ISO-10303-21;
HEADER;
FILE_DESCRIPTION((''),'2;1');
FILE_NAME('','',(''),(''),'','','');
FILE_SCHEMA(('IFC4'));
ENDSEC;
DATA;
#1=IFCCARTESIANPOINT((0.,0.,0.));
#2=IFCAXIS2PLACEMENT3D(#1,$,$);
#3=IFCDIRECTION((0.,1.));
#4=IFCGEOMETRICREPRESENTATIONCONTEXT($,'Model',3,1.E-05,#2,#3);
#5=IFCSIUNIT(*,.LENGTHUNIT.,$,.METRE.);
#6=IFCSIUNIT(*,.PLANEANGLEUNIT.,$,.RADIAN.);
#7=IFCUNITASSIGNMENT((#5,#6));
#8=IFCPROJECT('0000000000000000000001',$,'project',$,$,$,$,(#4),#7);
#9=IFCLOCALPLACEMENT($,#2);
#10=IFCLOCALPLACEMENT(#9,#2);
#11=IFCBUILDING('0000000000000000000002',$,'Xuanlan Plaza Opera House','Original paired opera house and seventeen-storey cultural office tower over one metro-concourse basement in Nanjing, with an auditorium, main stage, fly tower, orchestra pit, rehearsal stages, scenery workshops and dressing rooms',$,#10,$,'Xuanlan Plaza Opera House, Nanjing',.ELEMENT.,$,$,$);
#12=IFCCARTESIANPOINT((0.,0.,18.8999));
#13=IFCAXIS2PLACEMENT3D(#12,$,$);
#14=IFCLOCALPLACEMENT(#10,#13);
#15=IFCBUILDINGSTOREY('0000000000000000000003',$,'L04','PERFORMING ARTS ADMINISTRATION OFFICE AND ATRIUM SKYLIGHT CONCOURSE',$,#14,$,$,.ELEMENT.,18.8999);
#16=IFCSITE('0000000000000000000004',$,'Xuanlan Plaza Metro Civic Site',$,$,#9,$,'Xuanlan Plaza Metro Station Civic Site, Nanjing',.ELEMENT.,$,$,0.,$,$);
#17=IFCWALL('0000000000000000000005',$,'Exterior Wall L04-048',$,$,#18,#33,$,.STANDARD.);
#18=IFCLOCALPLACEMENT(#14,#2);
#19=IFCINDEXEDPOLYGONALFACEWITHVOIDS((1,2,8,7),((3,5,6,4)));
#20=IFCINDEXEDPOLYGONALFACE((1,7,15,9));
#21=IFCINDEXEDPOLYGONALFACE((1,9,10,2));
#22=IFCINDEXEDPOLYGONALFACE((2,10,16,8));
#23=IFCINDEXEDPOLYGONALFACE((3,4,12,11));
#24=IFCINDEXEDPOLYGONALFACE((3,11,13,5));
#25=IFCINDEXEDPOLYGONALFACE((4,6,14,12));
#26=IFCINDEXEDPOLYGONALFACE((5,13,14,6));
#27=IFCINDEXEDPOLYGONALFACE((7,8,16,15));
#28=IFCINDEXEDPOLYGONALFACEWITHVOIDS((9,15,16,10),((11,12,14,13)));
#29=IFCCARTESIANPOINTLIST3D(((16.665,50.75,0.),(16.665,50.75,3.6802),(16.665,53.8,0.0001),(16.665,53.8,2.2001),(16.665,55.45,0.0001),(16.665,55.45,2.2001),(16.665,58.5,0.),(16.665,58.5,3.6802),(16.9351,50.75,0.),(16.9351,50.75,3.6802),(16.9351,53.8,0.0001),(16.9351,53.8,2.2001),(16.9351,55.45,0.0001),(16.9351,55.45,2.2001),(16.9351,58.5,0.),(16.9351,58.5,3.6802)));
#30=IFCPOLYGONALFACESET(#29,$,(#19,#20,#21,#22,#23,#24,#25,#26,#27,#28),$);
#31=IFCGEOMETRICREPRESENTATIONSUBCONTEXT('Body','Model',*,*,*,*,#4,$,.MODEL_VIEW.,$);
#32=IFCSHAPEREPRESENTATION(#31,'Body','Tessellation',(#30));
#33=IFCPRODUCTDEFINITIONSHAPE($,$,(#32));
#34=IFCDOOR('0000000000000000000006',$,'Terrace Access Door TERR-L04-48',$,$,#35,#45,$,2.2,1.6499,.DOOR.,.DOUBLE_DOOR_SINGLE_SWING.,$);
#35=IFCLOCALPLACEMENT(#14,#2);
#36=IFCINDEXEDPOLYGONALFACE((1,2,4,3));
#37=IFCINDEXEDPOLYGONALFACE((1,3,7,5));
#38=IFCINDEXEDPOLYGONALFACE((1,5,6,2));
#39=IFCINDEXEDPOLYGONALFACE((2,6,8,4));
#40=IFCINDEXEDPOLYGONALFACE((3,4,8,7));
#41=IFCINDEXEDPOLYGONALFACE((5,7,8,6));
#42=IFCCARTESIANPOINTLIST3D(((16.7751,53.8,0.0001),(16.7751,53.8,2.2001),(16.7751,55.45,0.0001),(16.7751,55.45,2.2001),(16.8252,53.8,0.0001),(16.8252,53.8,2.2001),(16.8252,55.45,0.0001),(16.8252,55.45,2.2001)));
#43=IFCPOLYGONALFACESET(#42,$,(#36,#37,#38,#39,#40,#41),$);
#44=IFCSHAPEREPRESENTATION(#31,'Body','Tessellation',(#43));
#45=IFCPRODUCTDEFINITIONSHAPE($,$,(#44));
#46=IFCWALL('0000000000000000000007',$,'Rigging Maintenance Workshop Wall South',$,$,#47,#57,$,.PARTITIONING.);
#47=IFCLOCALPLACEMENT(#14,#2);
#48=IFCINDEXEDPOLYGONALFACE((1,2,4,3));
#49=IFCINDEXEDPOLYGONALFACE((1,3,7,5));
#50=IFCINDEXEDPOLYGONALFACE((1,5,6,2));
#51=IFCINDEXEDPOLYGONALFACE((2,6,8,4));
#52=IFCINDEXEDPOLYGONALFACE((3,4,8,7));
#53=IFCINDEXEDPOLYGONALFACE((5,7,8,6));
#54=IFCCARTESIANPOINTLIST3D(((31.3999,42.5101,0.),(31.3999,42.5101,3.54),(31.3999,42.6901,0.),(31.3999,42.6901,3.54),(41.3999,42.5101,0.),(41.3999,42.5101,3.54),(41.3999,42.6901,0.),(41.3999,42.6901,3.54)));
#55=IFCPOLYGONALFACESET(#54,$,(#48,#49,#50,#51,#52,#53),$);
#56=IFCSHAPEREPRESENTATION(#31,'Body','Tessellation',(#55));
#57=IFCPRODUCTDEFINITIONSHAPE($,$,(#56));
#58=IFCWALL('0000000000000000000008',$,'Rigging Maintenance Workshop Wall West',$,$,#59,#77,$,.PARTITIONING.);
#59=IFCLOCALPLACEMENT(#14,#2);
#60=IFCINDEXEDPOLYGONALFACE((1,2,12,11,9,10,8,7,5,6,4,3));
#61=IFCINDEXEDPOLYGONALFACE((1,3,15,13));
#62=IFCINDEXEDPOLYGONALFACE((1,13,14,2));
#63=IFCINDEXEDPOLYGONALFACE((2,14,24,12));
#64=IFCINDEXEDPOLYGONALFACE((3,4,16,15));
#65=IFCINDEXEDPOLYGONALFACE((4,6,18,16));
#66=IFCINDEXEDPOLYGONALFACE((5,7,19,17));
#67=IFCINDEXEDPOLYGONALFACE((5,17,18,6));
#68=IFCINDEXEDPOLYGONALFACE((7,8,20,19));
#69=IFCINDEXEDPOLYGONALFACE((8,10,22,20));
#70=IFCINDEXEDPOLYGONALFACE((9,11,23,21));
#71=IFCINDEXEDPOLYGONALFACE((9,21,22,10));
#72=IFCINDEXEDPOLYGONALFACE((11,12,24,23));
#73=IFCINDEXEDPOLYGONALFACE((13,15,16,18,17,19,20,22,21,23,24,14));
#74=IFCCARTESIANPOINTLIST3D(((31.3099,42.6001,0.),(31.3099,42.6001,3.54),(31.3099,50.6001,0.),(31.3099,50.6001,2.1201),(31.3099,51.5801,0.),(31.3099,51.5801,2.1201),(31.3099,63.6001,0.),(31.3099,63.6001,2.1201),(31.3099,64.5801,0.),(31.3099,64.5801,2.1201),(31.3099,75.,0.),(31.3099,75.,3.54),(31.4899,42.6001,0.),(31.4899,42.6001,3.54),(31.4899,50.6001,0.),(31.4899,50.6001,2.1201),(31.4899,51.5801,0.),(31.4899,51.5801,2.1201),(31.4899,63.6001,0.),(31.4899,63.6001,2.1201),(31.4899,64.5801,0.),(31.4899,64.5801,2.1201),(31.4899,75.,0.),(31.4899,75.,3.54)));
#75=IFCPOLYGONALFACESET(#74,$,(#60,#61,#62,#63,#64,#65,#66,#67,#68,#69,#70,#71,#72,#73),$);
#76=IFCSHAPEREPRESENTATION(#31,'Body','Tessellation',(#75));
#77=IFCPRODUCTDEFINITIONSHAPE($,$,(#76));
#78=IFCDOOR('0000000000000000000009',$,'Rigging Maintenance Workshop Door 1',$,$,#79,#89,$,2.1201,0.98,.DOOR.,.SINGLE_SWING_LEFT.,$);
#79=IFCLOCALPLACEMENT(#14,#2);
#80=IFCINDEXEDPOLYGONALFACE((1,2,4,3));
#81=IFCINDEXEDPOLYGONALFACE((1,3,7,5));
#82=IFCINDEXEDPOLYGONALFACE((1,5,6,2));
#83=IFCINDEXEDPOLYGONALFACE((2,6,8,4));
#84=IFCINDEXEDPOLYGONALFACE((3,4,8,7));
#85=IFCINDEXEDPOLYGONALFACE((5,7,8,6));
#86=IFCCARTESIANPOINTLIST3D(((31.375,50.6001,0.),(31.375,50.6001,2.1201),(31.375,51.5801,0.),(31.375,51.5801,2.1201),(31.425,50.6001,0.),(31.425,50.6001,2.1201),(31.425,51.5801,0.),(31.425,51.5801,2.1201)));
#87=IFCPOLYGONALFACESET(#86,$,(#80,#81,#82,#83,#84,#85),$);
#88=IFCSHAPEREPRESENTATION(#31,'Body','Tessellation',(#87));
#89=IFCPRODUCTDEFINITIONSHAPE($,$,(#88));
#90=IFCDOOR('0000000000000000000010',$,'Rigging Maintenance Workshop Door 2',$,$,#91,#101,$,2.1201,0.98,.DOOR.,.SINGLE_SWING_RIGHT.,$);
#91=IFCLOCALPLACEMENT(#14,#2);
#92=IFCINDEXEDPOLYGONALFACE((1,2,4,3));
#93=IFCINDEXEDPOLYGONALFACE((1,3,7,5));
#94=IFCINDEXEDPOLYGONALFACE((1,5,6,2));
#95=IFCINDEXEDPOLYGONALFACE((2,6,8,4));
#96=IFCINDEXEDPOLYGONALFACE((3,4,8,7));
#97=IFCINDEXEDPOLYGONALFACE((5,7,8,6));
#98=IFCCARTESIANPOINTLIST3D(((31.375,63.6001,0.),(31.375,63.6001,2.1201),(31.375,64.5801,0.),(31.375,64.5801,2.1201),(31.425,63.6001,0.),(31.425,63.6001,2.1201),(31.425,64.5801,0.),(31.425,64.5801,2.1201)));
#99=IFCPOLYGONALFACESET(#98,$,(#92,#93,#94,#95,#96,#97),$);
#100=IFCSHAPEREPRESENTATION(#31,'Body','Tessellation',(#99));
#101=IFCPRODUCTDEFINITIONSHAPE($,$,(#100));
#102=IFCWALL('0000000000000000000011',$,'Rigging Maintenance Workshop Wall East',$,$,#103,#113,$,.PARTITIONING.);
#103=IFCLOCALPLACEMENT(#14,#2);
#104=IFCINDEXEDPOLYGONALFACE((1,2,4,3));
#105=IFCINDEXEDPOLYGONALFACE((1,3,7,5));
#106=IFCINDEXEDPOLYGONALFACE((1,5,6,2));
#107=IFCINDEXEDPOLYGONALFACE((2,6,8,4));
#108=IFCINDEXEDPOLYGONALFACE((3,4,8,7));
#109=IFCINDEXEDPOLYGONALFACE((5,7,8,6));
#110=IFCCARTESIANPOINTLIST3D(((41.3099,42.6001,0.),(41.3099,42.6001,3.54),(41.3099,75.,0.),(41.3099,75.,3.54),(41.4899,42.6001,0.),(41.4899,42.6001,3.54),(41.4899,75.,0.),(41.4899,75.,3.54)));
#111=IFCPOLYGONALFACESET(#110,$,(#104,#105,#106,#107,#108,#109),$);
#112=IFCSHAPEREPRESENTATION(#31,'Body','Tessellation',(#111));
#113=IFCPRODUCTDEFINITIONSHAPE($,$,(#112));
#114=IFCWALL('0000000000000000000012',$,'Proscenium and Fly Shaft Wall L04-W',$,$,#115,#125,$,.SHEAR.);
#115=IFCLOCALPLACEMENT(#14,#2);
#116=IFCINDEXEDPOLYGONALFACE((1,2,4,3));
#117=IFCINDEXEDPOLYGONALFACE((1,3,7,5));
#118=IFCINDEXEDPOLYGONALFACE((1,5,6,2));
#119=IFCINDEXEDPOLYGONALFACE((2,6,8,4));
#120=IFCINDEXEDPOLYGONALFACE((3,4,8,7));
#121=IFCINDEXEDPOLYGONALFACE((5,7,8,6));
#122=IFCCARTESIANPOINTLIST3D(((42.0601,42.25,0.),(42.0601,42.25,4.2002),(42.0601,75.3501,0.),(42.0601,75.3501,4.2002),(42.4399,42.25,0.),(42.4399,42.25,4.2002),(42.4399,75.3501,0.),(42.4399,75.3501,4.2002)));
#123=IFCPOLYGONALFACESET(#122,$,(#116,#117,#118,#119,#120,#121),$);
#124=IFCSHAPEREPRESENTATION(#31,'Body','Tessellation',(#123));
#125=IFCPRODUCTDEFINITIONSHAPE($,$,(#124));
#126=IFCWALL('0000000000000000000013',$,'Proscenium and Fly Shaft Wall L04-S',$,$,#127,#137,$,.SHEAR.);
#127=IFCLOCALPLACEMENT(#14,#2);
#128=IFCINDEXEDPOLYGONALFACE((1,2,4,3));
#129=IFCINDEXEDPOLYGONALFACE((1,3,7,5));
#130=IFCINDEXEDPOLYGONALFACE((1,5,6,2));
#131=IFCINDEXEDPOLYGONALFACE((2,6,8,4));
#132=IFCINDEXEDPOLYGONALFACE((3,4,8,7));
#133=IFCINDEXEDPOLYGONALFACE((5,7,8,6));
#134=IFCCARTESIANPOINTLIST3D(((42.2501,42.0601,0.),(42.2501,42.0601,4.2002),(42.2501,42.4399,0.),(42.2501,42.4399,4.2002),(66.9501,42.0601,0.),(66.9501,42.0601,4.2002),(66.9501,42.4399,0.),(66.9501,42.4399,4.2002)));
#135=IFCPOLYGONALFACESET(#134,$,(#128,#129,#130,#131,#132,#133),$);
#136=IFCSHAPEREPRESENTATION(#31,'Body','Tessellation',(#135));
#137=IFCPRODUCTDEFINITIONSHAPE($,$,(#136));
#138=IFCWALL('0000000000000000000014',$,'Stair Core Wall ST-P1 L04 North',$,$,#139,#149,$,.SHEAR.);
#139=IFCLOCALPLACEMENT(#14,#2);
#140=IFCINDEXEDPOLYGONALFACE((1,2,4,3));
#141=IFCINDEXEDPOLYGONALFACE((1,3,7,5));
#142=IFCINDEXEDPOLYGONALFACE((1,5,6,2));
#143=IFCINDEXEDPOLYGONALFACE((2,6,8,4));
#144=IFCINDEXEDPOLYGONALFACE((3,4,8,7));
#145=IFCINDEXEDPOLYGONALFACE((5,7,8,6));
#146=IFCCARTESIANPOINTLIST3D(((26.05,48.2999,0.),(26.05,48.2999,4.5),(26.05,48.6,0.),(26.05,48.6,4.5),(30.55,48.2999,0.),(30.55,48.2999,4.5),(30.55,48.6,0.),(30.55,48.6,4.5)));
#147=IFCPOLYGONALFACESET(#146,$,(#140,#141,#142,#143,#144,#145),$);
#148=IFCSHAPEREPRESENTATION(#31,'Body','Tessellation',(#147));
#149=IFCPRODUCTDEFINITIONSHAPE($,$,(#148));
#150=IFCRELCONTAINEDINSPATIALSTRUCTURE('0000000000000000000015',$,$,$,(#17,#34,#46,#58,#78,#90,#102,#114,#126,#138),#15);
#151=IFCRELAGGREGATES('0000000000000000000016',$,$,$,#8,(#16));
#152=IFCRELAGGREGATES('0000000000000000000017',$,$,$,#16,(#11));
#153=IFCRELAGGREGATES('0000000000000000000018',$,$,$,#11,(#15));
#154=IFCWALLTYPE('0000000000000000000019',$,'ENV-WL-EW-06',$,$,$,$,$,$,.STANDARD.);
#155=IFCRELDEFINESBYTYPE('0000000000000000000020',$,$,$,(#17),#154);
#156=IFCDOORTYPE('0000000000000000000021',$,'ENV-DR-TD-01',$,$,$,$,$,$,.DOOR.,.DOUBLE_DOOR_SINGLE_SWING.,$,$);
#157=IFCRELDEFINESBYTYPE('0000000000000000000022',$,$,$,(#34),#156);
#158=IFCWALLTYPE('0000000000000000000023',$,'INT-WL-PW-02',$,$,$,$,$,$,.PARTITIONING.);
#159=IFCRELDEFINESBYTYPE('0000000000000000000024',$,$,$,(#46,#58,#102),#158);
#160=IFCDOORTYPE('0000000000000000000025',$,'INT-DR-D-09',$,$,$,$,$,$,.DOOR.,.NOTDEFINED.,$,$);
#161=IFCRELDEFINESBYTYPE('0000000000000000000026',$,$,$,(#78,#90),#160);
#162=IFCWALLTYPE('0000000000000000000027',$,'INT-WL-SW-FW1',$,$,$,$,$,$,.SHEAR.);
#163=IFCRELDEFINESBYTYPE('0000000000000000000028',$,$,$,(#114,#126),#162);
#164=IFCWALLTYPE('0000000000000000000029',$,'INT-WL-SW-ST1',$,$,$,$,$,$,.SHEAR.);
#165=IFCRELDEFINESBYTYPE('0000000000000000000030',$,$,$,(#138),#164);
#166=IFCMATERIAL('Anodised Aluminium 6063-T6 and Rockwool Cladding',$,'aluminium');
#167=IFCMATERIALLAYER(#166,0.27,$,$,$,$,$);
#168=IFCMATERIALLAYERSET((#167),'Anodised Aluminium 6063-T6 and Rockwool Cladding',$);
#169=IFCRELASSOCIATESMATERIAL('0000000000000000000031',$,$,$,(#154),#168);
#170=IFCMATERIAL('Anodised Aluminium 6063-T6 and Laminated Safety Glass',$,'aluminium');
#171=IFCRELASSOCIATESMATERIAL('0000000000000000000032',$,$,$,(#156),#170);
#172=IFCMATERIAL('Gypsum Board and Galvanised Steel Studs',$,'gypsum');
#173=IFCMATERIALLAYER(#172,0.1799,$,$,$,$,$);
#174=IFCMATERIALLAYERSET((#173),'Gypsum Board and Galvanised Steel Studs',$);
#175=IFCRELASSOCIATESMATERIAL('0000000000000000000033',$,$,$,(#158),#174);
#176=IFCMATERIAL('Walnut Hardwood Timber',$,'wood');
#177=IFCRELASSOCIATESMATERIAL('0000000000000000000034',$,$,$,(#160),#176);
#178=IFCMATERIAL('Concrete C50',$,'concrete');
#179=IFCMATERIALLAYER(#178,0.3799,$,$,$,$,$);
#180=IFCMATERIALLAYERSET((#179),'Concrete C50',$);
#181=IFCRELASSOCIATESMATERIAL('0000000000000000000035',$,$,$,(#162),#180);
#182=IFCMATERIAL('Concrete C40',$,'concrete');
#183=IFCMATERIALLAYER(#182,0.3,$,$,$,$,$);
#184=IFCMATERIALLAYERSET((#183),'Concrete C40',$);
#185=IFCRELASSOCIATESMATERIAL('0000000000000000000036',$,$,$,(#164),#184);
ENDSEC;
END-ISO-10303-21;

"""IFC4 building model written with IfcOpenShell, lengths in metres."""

from ifc_helpers import new_model, si_unit, direction, frame, frame_2d, origin, place, context, subcontext, project, spatial, rectangle, extrude, material, layer, layer_set, type_object, element, fill, save


model = new_model("IFC4")

# Units and contexts
model_context = context("Model", 3, precision=1e-05, world=origin(), true_north=direction((0.0, 1.0)))
body_context = subcontext(model_context, "Body", "Model", "MODEL_VIEW")
ifc_project = project(units=[si_unit("LENGTHUNIT", "METRE"), si_unit("PLANEANGLEUNIT", "RADIAN")], contexts=[model_context])

# Site, building, storey
site_placement = place(None, origin())
site = spatial("IfcSite", under=ifc_project, at=site_placement, Name="Xuanlan Plaza Metro Civic Site", LongName="Xuanlan Plaza Metro Station Civic Site, Nanjing", CompositionType="ELEMENT", RefElevation=0.0)
building_placement = place(site_placement, origin())
building = spatial("IfcBuilding", under=site, at=building_placement, Name="Xuanlan Plaza Opera House", Description="Original paired opera house and seventeen-storey cultural office tower over one metro-concourse basement in Nanjing, with an auditorium, main stage, fly tower, orchestra pit, rehearsal stages, scenery workshops and dressing rooms", LongName="Xuanlan Plaza Opera House, Nanjing", CompositionType="ELEMENT")
storey_placement = place(building_placement, frame((0.0, 0.0, 18.8999)))
storey = spatial("IfcBuildingStorey", under=building, at=storey_placement, Name="L04", Description="PERFORMING ARTS ADMINISTRATION OFFICE AND ATRIUM SKYLIGHT CONCOURSE", CompositionType="ELEMENT", Elevation=18.8999)

# Shared definitions
ifc_material_1 = material(Name="Concrete C40", Category="concrete")

# Shared definitions
ifc_material_2 = material(Name="Concrete C50", Category="concrete")

# Wall, opening, door
ifc_material_3 = material(Name="Anodised Aluminium 6063-T6 and Rockwool Cladding", Category="aluminium")
ifc_material_4 = material(Name="Anodised Aluminium 6063-T6 and Laminated Safety Glass", Category="aluminium")
ifc_layer_1 = layer(ifc_material_3, 0.27)
ifc_layer_set_1 = layer_set([ifc_layer_1], Name="Anodised Aluminium 6063-T6 and Rockwool Cladding")
wall_type_1 = type_object("IfcWallType", Name="ENV-WL-EW-06", PredefinedType="STANDARD", material=ifc_layer_set_1)
wall_1_placement = place(storey_placement, frame((16.8, 58.5, 0.0), z_axis=(0.0, 0.0, 1.0), x_axis=(0.0, -1.0, 0.0)))
wall_1 = element("IfcWall", 1, at=wall_1_placement, inside=storey, type_object=wall_type_1, Name="Exterior Wall L04-048", PredefinedType="STANDARD", context=body_context, shape_type="SweptSolid", body=[
    extrude(rectangle(XDim=7.75, YDim=0.27, at=frame_2d((3.875, 0.0))), origin(), (0.0, 0.0, 1.0), 3.6802),
])
opening_1_placement = place(wall_1_placement, frame((3.05, 0.0, 0.0)))
opening_1 = element("IfcOpeningElement", 2, at=opening_1_placement, cuts=wall_1, PredefinedType="OPENING", context=body_context, shape_type="SweptSolid", body=[
    extrude(rectangle(XDim=1.6499, YDim=2.2, at=frame_2d((0.825, 1.1001))), frame((0.0, 0.145, 0.0), z_axis=(0.0, -1.0, 0.0), x_axis=(1.0, 0.0, 0.0)), (0.0, 0.0, 1.0), 0.29),
])
door_type_1 = type_object("IfcDoorType", Name="ENV-DR-TD-01", OperationType="DOUBLE_DOOR_SINGLE_SWING", PredefinedType="DOOR", material=ifc_material_4)
door_1_placement = place(opening_1_placement, frame((1.6499, 0.0, 0.0), z_axis=(0.0, 0.0, 1.0), x_axis=(-1.0, 0.0, 0.0)))
door_1 = element("IfcDoor", 3, at=door_1_placement, inside=storey, type_object=door_type_1, Name="Terrace Access Door TERR-L04-48", OperationType="DOUBLE_DOOR_SINGLE_SWING", OverallHeight=2.2, OverallWidth=1.6499, PredefinedType="DOOR", context=body_context, shape_type="SweptSolid", body=[
    extrude(rectangle(XDim=1.6499, YDim=2.2, at=frame_2d((0.825, 1.1001))), frame((0.0, 0.0249, 0.0), z_axis=(0.0, -1.0, 0.0), x_axis=(1.0, 0.0, 0.0)), (0.0, 0.0, 1.0), 0.05),
])
fill(opening_1, door_1)

# Wall
ifc_material_5 = material(Name="Gypsum Board and Galvanised Steel Studs", Category="gypsum")
ifc_layer_2 = layer(ifc_material_5, 0.1799)
ifc_layer_set_2 = layer_set([ifc_layer_2], Name="Gypsum Board and Galvanised Steel Studs")
wall_type_2 = type_object("IfcWallType", Name="INT-WL-PW-02", PredefinedType="PARTITIONING", material=ifc_layer_set_2)
wall_2_placement = place(storey_placement, frame((31.3999, 42.6001, 0.0), z_axis=(0.0, 0.0, 1.0), x_axis=(1.0, 0.0, 0.0)))
element("IfcWall", 4, at=wall_2_placement, inside=storey, type_object=wall_type_2, Name="Rigging Maintenance Workshop Wall South", PredefinedType="PARTITIONING", context=body_context, shape_type="SweptSolid", body=[
    extrude(rectangle(XDim=10.0, YDim=0.1799, at=frame_2d((5.0, 0.0))), origin(), (0.0, 0.0, 1.0), 3.54),
])

# Wall, openings, doors
wall_3_placement = place(storey_placement, frame((31.3999, 42.6001, 0.0), z_axis=(0.0, 0.0, 1.0), x_axis=(0.0, 1.0, 0.0)))
wall_3 = element("IfcWall", 5, at=wall_3_placement, inside=storey, type_object=wall_type_2, Name="Rigging Maintenance Workshop Wall West", PredefinedType="PARTITIONING", context=body_context, shape_type="SweptSolid", body=[
    extrude(rectangle(XDim=32.3999, YDim=0.1799, at=frame_2d((16.2, 0.0))), origin(), (0.0, 0.0, 1.0), 3.54),
])
opening_2_placement = place(wall_3_placement, frame((8.0, 0.0, 0.0)))
opening_2 = element("IfcOpeningElement", 6, at=opening_2_placement, cuts=wall_3, PredefinedType="OPENING", context=body_context, shape_type="SweptSolid", body=[
    extrude(rectangle(XDim=0.98, YDim=2.1201, at=frame_2d((0.49, 1.0601))), frame((0.0, 0.0999, 0.0), z_axis=(0.0, -1.0, 0.0), x_axis=(1.0, 0.0, 0.0)), (0.0, 0.0, 1.0), 0.2),
])
opening_3_placement = place(wall_3_placement, frame((21.0, 0.0, 0.0)))
opening_3 = element("IfcOpeningElement", 7, at=opening_3_placement, cuts=wall_3, PredefinedType="OPENING", context=body_context, shape_type="SweptSolid", body=[
    extrude(rectangle(XDim=0.98, YDim=2.1201, at=frame_2d((0.49, 1.0601))), frame((0.0, 0.0999, 0.0), z_axis=(0.0, -1.0, 0.0), x_axis=(1.0, 0.0, 0.0)), (0.0, 0.0, 1.0), 0.2),
])
ifc_material_6 = material(Name="Walnut Hardwood Timber", Category="wood")
door_type_2 = type_object("IfcDoorType", Name="INT-DR-D-09", OperationType="NOTDEFINED", PredefinedType="DOOR", material=ifc_material_6)
door_2_placement = place(opening_2_placement, origin())
door_2 = element("IfcDoor", 8, at=door_2_placement, inside=storey, type_object=door_type_2, Name="Rigging Maintenance Workshop Door 1", OperationType="SINGLE_SWING_LEFT", OverallHeight=2.1201, OverallWidth=0.98, PredefinedType="DOOR", context=body_context, shape_type="SweptSolid", body=[
    extrude(rectangle(XDim=0.98, YDim=2.1201, at=frame_2d((0.49, 1.0601))), frame((0.0, 0.0249, 0.0), z_axis=(0.0, -1.0, 0.0), x_axis=(1.0, 0.0, 0.0)), (0.0, 0.0, 1.0), 0.05),
])
fill(opening_2, door_2)
door_3_placement = place(opening_3_placement, origin())
door_3 = element("IfcDoor", 9, at=door_3_placement, inside=storey, type_object=door_type_2, Name="Rigging Maintenance Workshop Door 2", OperationType="SINGLE_SWING_RIGHT", OverallHeight=2.1201, OverallWidth=0.98, PredefinedType="DOOR", context=body_context, shape_type="SweptSolid", body=[
    extrude(rectangle(XDim=0.98, YDim=2.1201, at=frame_2d((0.49, 1.0601))), frame((0.0, 0.0249, 0.0), z_axis=(0.0, -1.0, 0.0), x_axis=(1.0, 0.0, 0.0)), (0.0, 0.0, 1.0), 0.05),
])
fill(opening_3, door_3)

# Walls
wall_4_placement = place(storey_placement, frame((41.3999, 42.6001, 0.0), z_axis=(0.0, 0.0, 1.0), x_axis=(0.0, 1.0, 0.0)))
element("IfcWall", 10, at=wall_4_placement, inside=storey, type_object=wall_type_2, Name="Rigging Maintenance Workshop Wall East", PredefinedType="PARTITIONING", context=body_context, shape_type="SweptSolid", body=[
    extrude(rectangle(XDim=32.3999, YDim=0.1799, at=frame_2d((16.2, 0.0))), origin(), (0.0, 0.0, 1.0), 3.54),
])
ifc_layer_3 = layer(ifc_material_2, 0.3799)
ifc_layer_set_3 = layer_set([ifc_layer_3], Name="Concrete C50")
wall_type_3 = type_object("IfcWallType", Name="INT-WL-SW-FW1", PredefinedType="SHEAR", material=ifc_layer_set_3)
wall_5_placement = place(storey_placement, frame((42.25, 42.25, 0.0), z_axis=(0.0, 0.0, 1.0), x_axis=(0.0, 1.0, 0.0)))
element("IfcWall", 11, at=wall_5_placement, inside=storey, type_object=wall_type_3, Name="Proscenium and Fly Shaft Wall L04-W", PredefinedType="SHEAR", context=body_context, shape_type="SweptSolid", body=[
    extrude(rectangle(XDim=33.1001, YDim=0.3799, at=frame_2d((16.55, 0.0))), origin(), (0.0, 0.0, 1.0), 4.2002),
])
wall_6_placement = place(storey_placement, frame((42.25, 42.25, 0.0), z_axis=(0.0, 0.0, 1.0), x_axis=(1.0, 0.0, 0.0)))
element("IfcWall", 12, at=wall_6_placement, inside=storey, type_object=wall_type_3, Name="Proscenium and Fly Shaft Wall L04-S", PredefinedType="SHEAR", context=body_context, shape_type="SweptSolid", body=[
    extrude(rectangle(XDim=24.7, YDim=0.3799, at=frame_2d((12.3501, 0.0))), origin(), (0.0, 0.0, 1.0), 4.2002),
])
ifc_layer_4 = layer(ifc_material_1, 0.3)
ifc_layer_set_4 = layer_set([ifc_layer_4], Name="Concrete C40")
wall_type_4 = type_object("IfcWallType", Name="INT-WL-SW-ST1", PredefinedType="SHEAR", material=ifc_layer_set_4)
wall_7_placement = place(storey_placement, frame((26.05, 48.45, 0.0), z_axis=(0.0, 0.0, 1.0), x_axis=(1.0, 0.0, 0.0)))
element("IfcWall", 13, at=wall_7_placement, inside=storey, type_object=wall_type_4, Name="Stair Core Wall ST-P1 L04 North", PredefinedType="SHEAR", context=body_context, shape_type="SweptSolid", body=[
    extrude(rectangle(XDim=4.5, YDim=0.3, at=frame_2d((2.25, 0.0))), origin(), (0.0, 0.0, 1.0), 4.5),
])

save(model, "model.ifc")
